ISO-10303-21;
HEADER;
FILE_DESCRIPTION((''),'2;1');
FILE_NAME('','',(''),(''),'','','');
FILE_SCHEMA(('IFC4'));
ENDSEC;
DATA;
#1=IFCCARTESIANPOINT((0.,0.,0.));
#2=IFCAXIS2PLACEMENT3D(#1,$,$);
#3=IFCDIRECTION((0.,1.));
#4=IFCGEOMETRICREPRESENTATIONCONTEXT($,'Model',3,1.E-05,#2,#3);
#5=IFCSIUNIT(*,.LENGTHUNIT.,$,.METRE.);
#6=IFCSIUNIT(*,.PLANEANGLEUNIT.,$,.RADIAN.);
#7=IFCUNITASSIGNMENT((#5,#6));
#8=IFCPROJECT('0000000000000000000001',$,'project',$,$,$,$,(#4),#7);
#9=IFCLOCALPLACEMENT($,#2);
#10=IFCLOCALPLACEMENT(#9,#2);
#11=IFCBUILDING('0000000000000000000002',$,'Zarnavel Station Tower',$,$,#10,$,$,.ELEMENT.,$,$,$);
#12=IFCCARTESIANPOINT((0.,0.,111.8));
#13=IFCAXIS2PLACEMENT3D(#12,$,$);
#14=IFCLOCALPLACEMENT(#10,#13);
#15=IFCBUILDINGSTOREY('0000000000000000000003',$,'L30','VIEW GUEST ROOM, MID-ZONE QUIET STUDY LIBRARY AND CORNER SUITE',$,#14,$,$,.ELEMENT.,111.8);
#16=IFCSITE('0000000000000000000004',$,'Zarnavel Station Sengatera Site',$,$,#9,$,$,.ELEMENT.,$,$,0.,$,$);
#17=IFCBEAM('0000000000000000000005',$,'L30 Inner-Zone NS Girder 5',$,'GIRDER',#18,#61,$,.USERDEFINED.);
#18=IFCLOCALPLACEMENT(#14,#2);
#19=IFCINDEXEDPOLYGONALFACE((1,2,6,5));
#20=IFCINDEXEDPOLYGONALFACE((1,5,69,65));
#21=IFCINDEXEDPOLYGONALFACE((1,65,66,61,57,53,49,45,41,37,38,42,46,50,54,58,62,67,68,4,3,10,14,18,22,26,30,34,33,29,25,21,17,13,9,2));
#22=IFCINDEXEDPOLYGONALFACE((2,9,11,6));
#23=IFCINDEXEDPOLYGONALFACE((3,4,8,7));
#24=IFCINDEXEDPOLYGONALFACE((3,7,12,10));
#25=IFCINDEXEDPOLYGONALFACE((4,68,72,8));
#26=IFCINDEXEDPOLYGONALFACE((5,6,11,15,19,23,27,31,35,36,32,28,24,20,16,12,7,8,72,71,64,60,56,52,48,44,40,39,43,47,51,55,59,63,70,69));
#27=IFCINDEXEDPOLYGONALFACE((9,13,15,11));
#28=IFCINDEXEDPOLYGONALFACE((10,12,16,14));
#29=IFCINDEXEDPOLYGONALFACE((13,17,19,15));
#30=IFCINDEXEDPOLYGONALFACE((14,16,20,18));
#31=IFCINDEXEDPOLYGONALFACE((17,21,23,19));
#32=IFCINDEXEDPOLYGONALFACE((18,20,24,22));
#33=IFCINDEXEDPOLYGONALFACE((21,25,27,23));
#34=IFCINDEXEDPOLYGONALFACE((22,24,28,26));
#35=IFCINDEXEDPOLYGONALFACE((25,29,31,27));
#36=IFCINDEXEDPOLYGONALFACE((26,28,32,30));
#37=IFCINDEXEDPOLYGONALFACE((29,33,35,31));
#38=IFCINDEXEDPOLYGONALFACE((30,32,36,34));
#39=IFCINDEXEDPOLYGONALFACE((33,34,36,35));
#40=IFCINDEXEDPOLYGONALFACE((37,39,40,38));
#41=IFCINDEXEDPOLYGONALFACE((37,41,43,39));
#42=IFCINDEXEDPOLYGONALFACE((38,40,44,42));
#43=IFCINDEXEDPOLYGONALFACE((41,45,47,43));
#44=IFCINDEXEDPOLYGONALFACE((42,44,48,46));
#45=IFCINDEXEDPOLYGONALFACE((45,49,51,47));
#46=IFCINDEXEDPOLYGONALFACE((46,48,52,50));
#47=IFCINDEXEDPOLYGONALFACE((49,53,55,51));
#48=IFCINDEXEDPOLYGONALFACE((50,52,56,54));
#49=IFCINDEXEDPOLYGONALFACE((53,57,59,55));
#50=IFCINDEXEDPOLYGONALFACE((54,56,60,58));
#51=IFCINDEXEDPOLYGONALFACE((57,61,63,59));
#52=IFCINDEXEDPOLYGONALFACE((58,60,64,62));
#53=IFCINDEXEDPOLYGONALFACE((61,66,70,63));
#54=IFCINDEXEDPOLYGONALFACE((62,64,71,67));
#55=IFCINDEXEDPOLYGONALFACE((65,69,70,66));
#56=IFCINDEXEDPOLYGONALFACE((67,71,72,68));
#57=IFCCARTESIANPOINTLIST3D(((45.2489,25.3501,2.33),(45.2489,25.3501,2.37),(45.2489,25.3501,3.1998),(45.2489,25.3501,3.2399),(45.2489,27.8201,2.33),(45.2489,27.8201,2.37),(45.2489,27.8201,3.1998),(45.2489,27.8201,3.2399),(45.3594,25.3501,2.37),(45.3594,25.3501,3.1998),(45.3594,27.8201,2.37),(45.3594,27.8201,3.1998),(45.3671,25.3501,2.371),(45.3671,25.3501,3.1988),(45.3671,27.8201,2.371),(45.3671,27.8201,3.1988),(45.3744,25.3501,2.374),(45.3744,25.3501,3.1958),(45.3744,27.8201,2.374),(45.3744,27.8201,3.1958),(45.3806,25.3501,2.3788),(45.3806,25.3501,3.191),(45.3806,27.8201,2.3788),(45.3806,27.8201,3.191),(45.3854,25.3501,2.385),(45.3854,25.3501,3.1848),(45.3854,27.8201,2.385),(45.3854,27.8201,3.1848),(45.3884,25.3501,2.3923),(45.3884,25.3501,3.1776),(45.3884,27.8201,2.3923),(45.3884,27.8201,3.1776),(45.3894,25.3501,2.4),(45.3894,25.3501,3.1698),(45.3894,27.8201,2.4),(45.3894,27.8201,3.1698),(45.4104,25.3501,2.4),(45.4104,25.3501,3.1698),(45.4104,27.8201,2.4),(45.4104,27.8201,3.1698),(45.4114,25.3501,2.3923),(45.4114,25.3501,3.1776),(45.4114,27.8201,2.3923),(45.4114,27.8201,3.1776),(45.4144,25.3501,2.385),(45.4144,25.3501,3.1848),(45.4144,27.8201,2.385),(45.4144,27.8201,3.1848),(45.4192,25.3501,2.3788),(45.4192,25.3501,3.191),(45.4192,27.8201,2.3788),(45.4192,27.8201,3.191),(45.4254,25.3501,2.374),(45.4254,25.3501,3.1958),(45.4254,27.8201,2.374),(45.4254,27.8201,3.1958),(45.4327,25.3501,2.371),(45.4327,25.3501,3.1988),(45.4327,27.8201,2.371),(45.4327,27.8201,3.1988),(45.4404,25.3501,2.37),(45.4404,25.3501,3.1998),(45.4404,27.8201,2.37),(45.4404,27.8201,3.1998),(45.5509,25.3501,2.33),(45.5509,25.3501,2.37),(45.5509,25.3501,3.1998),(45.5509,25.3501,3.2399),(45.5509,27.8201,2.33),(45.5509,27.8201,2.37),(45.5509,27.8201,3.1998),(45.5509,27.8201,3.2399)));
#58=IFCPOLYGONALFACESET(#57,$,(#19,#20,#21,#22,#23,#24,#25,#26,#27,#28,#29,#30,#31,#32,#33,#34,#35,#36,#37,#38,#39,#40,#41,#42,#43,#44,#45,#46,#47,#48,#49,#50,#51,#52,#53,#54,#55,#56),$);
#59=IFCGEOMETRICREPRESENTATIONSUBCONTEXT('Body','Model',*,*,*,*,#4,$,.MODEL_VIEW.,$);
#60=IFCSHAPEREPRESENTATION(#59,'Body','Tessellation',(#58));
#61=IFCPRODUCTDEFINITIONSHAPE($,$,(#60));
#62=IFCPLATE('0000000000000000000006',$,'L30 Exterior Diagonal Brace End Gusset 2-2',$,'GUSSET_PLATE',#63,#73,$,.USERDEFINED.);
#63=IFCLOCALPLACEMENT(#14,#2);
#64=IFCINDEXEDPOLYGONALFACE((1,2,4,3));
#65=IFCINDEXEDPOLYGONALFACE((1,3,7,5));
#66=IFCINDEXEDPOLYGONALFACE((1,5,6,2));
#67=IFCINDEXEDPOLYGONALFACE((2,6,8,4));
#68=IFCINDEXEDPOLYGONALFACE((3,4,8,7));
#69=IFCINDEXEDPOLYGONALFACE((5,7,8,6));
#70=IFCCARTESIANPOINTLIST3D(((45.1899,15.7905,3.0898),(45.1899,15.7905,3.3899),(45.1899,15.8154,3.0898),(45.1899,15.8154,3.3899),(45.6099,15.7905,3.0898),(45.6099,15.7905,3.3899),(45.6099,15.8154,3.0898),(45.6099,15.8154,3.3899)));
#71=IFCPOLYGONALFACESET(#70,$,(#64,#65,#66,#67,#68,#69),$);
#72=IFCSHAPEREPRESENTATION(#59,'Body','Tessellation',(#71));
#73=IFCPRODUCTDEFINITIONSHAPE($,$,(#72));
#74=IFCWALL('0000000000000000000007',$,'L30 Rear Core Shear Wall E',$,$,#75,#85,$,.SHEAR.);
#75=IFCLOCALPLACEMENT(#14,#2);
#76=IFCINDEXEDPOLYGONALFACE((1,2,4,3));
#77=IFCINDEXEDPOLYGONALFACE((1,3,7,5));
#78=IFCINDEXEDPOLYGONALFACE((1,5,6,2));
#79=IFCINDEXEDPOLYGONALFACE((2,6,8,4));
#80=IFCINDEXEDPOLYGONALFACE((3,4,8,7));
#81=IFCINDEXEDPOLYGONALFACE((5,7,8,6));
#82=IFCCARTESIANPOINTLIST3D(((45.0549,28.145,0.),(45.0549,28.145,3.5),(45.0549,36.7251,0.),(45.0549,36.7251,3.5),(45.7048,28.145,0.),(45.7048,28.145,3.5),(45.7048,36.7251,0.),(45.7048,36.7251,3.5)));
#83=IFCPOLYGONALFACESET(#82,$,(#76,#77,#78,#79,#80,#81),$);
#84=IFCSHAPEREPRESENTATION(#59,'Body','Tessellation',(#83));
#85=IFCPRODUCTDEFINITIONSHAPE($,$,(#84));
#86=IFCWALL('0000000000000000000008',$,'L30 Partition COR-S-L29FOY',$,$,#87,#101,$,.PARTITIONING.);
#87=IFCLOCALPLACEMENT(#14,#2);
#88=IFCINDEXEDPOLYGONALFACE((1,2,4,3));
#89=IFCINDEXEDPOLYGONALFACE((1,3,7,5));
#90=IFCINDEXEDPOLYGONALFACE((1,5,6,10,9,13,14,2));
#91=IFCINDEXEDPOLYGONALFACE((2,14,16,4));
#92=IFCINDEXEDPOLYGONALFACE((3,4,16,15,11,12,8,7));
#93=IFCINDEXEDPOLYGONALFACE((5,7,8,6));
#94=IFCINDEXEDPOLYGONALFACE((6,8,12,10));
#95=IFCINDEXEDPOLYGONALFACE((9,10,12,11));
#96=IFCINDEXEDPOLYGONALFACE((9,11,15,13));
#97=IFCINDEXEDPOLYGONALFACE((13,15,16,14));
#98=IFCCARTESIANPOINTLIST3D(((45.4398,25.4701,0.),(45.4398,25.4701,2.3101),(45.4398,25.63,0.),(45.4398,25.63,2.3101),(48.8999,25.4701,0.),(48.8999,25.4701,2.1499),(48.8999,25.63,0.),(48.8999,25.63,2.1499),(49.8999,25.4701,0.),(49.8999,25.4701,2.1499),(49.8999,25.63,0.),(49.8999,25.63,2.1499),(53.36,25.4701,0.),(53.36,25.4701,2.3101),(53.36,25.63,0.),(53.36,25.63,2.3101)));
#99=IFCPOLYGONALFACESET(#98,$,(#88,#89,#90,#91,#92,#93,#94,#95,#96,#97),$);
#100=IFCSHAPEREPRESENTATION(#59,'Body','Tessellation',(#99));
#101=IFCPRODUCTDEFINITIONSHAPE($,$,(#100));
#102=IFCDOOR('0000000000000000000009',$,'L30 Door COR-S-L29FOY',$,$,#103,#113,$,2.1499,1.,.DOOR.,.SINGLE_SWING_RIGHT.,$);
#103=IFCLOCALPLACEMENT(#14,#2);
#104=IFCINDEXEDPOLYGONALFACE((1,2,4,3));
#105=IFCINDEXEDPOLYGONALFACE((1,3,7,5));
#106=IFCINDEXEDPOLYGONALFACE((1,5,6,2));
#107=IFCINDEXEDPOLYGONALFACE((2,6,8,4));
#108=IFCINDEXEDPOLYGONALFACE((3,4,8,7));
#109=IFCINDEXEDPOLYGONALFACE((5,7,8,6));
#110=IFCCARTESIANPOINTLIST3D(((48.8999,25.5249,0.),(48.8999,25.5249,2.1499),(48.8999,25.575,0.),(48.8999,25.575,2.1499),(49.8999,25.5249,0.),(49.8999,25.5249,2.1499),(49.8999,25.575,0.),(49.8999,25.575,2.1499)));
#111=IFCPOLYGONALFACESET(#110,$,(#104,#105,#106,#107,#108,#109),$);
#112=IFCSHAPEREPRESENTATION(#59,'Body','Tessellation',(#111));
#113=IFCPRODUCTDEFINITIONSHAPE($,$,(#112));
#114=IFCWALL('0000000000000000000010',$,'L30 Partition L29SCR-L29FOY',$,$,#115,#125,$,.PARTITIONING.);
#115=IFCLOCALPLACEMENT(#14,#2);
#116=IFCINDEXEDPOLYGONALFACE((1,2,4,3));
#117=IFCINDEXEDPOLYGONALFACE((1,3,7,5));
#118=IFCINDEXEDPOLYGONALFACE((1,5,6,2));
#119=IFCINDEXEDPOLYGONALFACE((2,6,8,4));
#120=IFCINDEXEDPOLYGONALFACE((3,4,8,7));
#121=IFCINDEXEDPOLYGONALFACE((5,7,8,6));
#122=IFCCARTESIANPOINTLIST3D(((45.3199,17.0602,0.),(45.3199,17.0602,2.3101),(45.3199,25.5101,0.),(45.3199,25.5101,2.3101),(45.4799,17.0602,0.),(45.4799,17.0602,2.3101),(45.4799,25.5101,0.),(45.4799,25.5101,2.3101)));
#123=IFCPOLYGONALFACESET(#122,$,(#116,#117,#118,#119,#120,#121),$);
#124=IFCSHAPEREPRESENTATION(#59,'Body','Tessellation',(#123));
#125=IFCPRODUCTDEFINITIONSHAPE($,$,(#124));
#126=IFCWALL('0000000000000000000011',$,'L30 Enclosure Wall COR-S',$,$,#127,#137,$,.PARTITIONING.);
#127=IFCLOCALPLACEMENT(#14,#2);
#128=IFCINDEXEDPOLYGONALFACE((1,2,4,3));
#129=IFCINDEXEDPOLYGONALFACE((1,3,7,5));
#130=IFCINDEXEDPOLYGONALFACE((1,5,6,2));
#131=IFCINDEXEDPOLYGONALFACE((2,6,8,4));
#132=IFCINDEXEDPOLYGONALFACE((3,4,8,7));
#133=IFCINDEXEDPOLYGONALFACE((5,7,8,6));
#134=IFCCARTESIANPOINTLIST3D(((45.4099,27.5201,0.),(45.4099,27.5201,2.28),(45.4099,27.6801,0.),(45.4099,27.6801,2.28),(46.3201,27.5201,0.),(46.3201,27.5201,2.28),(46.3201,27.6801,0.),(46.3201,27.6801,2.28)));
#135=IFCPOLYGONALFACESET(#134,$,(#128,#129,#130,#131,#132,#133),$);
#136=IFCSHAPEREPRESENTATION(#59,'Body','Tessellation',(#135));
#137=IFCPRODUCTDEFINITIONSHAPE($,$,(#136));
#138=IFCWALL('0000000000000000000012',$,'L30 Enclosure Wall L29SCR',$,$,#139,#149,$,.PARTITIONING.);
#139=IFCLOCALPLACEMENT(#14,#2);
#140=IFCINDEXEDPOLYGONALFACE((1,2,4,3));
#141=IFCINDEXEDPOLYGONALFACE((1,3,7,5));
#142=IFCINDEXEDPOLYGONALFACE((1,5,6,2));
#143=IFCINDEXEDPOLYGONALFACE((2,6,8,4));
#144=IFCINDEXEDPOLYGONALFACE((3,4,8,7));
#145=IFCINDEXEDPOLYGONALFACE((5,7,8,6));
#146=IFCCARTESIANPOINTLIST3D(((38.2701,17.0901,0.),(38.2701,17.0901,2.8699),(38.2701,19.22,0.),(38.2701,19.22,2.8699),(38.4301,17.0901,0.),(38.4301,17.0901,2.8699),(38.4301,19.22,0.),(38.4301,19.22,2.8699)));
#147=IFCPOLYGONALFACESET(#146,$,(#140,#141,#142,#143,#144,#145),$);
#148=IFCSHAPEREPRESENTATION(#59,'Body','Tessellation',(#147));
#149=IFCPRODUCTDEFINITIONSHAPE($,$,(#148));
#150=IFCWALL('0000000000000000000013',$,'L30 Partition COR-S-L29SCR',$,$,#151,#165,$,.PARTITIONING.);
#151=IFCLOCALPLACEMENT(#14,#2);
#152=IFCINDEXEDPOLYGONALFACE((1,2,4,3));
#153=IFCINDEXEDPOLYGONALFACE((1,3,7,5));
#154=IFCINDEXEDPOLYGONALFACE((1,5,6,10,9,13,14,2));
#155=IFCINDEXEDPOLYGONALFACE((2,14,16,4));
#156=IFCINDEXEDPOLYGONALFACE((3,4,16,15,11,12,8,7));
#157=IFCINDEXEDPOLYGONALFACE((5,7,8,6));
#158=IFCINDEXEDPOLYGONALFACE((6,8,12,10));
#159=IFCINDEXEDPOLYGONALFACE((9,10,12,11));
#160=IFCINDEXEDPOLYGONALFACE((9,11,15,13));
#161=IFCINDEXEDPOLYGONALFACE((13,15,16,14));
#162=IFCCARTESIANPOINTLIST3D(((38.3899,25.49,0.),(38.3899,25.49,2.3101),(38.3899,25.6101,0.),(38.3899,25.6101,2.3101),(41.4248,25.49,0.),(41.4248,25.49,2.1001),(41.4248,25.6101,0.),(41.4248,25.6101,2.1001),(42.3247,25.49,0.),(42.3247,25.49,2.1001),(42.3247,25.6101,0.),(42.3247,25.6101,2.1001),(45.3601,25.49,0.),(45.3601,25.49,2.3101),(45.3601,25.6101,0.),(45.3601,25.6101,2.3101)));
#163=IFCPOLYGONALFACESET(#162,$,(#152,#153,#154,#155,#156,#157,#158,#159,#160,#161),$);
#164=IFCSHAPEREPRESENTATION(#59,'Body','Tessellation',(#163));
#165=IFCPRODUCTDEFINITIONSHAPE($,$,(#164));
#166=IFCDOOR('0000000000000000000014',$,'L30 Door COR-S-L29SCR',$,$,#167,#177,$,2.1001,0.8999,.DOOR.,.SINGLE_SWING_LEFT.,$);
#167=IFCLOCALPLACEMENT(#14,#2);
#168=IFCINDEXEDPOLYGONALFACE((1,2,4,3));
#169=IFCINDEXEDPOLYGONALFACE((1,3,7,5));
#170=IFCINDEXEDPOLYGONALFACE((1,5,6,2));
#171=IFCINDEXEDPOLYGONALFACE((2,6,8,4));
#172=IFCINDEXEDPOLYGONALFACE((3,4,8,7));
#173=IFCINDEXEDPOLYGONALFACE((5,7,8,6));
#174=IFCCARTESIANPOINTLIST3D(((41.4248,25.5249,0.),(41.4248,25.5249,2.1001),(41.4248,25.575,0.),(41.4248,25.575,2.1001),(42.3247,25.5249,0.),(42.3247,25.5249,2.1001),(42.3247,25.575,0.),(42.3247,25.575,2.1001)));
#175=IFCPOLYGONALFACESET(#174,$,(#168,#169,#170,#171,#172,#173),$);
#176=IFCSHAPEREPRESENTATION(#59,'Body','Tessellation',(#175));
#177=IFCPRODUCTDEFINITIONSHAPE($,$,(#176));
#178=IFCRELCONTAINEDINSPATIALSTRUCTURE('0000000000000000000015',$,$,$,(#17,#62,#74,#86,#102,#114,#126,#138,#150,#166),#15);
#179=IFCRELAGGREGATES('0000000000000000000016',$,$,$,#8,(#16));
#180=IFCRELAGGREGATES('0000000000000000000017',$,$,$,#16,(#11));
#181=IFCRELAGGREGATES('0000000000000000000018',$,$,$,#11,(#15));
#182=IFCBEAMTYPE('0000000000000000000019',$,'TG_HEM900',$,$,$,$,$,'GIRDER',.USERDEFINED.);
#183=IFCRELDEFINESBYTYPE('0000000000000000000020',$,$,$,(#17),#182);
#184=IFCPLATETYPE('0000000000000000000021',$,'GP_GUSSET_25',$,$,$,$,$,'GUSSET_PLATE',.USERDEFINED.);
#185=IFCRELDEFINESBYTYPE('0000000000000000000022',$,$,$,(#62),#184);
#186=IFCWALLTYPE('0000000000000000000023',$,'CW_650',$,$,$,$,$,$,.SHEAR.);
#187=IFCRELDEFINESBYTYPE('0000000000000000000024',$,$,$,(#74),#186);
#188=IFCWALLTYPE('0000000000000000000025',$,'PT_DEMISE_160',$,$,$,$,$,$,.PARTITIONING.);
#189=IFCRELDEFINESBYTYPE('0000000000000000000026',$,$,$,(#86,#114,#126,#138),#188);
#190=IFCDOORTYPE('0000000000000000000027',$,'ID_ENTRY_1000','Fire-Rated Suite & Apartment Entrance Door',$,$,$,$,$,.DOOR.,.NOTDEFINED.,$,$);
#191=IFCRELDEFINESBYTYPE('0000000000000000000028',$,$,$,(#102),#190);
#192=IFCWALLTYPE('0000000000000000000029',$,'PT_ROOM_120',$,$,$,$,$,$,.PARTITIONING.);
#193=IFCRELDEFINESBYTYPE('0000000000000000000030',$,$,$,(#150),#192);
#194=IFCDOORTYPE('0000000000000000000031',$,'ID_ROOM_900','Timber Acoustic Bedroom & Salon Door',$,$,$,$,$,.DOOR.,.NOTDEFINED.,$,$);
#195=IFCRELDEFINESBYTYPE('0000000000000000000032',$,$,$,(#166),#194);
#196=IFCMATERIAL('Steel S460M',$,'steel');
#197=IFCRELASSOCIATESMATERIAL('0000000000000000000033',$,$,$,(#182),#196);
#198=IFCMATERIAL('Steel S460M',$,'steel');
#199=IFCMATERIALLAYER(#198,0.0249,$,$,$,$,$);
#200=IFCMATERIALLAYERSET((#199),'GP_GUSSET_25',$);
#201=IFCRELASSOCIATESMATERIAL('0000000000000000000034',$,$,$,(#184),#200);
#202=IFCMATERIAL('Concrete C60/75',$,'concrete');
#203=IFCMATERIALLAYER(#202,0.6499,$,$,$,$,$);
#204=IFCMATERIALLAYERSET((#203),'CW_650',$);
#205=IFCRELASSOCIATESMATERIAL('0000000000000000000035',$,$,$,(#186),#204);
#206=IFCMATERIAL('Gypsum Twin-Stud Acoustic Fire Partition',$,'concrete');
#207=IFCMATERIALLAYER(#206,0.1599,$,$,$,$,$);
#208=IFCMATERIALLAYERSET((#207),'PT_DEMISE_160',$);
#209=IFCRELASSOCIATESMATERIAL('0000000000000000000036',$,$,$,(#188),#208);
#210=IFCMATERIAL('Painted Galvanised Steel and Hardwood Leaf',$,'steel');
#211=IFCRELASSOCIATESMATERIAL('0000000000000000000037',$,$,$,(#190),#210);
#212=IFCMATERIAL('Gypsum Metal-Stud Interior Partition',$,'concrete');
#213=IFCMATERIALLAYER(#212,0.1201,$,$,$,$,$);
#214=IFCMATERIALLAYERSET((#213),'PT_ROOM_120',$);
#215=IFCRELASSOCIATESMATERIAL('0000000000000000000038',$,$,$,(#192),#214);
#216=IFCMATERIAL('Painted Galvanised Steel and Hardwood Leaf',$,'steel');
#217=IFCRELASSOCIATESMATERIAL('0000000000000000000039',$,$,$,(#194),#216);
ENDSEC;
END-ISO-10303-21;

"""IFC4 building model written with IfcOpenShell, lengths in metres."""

from ifc_helpers import new_model, si_unit, direction, frame, frame_2d, origin, origin_2d, place, context, subcontext, project, spatial, rectangle, i_section, extrude, material, layer, layer_set, material_profile, profile_set, type_object, element, fill, save


model = new_model("IFC4")

# Units and contexts
model_context = context("Model", 3, precision=1e-05, world=origin(), true_north=direction((0.0, 1.0)))
body_context = subcontext(model_context, "Body", "Model", "MODEL_VIEW")
ifc_project = project(units=[si_unit("LENGTHUNIT", "METRE"), si_unit("PLANEANGLEUNIT", "RADIAN")], contexts=[model_context])

# Site, building, storey
site_placement = place(None, origin())
site = spatial("IfcSite", under=ifc_project, at=site_placement, Name="Zarnavel Station Sengatera Site", CompositionType="ELEMENT", RefElevation=0.0)
building_placement = place(site_placement, origin())
building = spatial("IfcBuilding", under=site, at=building_placement, Name="Zarnavel Station Tower", CompositionType="ELEMENT")
storey_placement = place(building_placement, frame((0.0, 0.0, 111.8)))
storey = spatial("IfcBuildingStorey", under=building, at=storey_placement, Name="L30", Description="VIEW GUEST ROOM, MID-ZONE QUIET STUDY LIBRARY AND CORNER SUITE", CompositionType="ELEMENT", Elevation=111.8)

# Beam
ifc_material_1 = material(Name="Steel S460M", Category="steel")
ifc_material_profile_1 = material_profile(ifc_material_1, i_section(OverallWidth=0.302, OverallDepth=0.9099, WebThickness=0.021, FlangeThickness=0.04, FilletRadius=0.03, at=origin_2d()), Name="HEM900")
ifc_profile_set_1 = profile_set([ifc_material_profile_1], Name="Steel S460M")
beam_type_1 = type_object("IfcBeamType", Name="TG_HEM900", ElementType="GIRDER", PredefinedType="USERDEFINED", material=ifc_profile_set_1)
beam_1_placement = place(storey_placement, frame((45.3999, 25.3501, 2.7849), z_axis=(0.0, 1.0, 0.0), x_axis=(-1.0, 0.0, 0.0)))
element("IfcBeam", 1, at=beam_1_placement, inside=storey, type_object=beam_type_1, Name="L30 Inner-Zone NS Girder 5", ObjectType="GIRDER", PredefinedType="USERDEFINED", context=body_context, shape_type="SweptSolid", body=[
    extrude(i_section(OverallWidth=0.302, OverallDepth=0.9099, WebThickness=0.021, FlangeThickness=0.04, FilletRadius=0.03, at=origin_2d()), origin(), (0.0, 0.0, 1.0), 2.47),
])

# Plate
ifc_material_2 = material(Name="Steel S460M", Category="steel")
ifc_layer_1 = layer(ifc_material_2, 0.0249)
ifc_layer_set_1 = layer_set([ifc_layer_1], Name="GP_GUSSET_25")
plate_type = type_object("IfcPlateType", Name="GP_GUSSET_25", ElementType="GUSSET_PLATE", PredefinedType="USERDEFINED", material=ifc_layer_set_1)
plate_placement = place(storey_placement, frame((45.3999, 15.803, 3.0898), z_axis=(0.0, 0.0, 1.0), x_axis=(1.0, 0.0, 0.0)))
element("IfcPlate", 2, at=plate_placement, inside=storey, type_object=plate_type, Name="L30 Exterior Diagonal Brace End Gusset 2-2", ObjectType="GUSSET_PLATE", PredefinedType="USERDEFINED", context=body_context, shape_type="SweptSolid", body=[
    extrude(rectangle(XDim=0.4199, YDim=0.0249, at=origin_2d()), origin(), (0.0, 0.0, 1.0), 0.3),
])

# Shared definitions
ifc_material_3 = material(Name="Concrete C60/75", Category="concrete")
ifc_layer_2 = layer(ifc_material_3, 0.6499)
ifc_layer_set_2 = layer_set([ifc_layer_2], Name="CW_650")
wall_type_1 = type_object("IfcWallType", Name="CW_650", PredefinedType="SHEAR", material=ifc_layer_set_2)

# Wall
wall_1_placement = place(storey_placement, frame((45.3799, 28.145, 0.0), z_axis=(0.0, 0.0, 1.0), x_axis=(0.0, 1.0, 0.0)))
element("IfcWall", 3, at=wall_1_placement, inside=storey, type_object=wall_type_1, Name="L30 Rear Core Shear Wall E", PredefinedType="SHEAR", context=body_context, shape_type="SweptSolid", body=[
    extrude(rectangle(XDim=8.5801, YDim=0.6499, at=frame_2d((4.29, 0.0))), origin(), (0.0, 0.0, 1.0), 3.5),
])

# Wall, opening, door
ifc_material_4 = material(Name="Gypsum Twin-Stud Acoustic Fire Partition", Category="concrete")
ifc_layer_3 = layer(ifc_material_4, 0.1599)
ifc_layer_set_3 = layer_set([ifc_layer_3], Name="PT_DEMISE_160")
wall_type_2 = type_object("IfcWallType", Name="PT_DEMISE_160", PredefinedType="PARTITIONING", material=ifc_layer_set_3)
wall_2_placement = place(storey_placement, frame((45.4399, 25.55, 0.0), z_axis=(0.0, 0.0, 1.0), x_axis=(1.0, 0.0, 0.0)))
wall_2 = element("IfcWall", 4, at=wall_2_placement, inside=storey, type_object=wall_type_2, Name="L30 Partition COR-S-L29FOY", PredefinedType="PARTITIONING", context=body_context, shape_type="SweptSolid", body=[
    extrude(rectangle(XDim=7.9202, YDim=0.1599, at=frame_2d((3.96, 0.0))), origin(), (0.0, 0.0, 1.0), 2.3101),
])
opening_1_placement = place(wall_2_placement, frame((3.46, 0.0, 0.0)))
opening_1 = element("IfcOpeningElement", 5, at=opening_1_placement, cuts=wall_2, PredefinedType="OPENING", context=body_context, shape_type="SweptSolid", body=[
    extrude(rectangle(XDim=1.0, YDim=2.1499, at=frame_2d((0.5, 1.075))), frame((0.0, 0.0898, 0.0), z_axis=(0.0, -1.0, 0.0), x_axis=(1.0, 0.0, 0.0)), (0.0, 0.0, 1.0), 0.1799),
])
ifc_material_5 = material(Name="Painted Galvanised Steel and Hardwood Leaf", Category="steel")
door_type_1 = type_object("IfcDoorType", Name="ID_ENTRY_1000", Description="Fire-Rated Suite & Apartment Entrance Door", OperationType="NOTDEFINED", PredefinedType="DOOR", material=ifc_material_5)
door_1_placement = place(opening_1_placement, origin())
door_1 = element("IfcDoor", 6, at=door_1_placement, inside=storey, type_object=door_type_1, Name="L30 Door COR-S-L29FOY", OperationType="SINGLE_SWING_RIGHT", OverallHeight=2.1499, OverallWidth=1.0, PredefinedType="DOOR", context=body_context, shape_type="SweptSolid", body=[
    extrude(rectangle(XDim=1.0, YDim=2.1499, at=frame_2d((0.5, 1.075))), frame((0.0, 0.0249, 0.0), z_axis=(0.0, -1.0, 0.0), x_axis=(1.0, 0.0, 0.0)), (0.0, 0.0, 1.0), 0.05),
])
fill(opening_1, door_1)

# Walls
wall_3_placement = place(storey_placement, frame((45.3999, 17.0601, 0.0), z_axis=(0.0, 0.0, 1.0), x_axis=(0.0, 1.0, 0.0)))
element("IfcWall", 7, at=wall_3_placement, inside=storey, type_object=wall_type_2, Name="L30 Partition L29SCR-L29FOY", PredefinedType="PARTITIONING", context=body_context, shape_type="SweptSolid", body=[
    extrude(rectangle(XDim=8.45, YDim=0.1599, at=frame_2d((4.2251, 0.0))), origin(), (0.0, 0.0, 1.0), 2.3101),
])
wall_4_placement = place(storey_placement, frame((45.4099, 27.6001, 0.0), z_axis=(0.0, 0.0, 1.0), x_axis=(1.0, 0.0, 0.0)))
element("IfcWall", 8, at=wall_4_placement, inside=storey, type_object=wall_type_2, Name="L30 Enclosure Wall COR-S", PredefinedType="PARTITIONING", context=body_context, shape_type="SweptSolid", body=[
    extrude(rectangle(XDim=0.9102, YDim=0.1599, at=frame_2d((0.4551, 0.0))), origin(), (0.0, 0.0, 1.0), 2.28),
])
wall_5_placement = place(storey_placement, frame((38.3501, 17.0901, 0.0), z_axis=(0.0, 0.0, 1.0), x_axis=(0.0, 1.0, 0.0)))
element("IfcWall", 9, at=wall_5_placement, inside=storey, type_object=wall_type_2, Name="L30 Enclosure Wall L29SCR", PredefinedType="PARTITIONING", context=body_context, shape_type="SweptSolid", body=[
    extrude(rectangle(XDim=2.1299, YDim=0.1599, at=frame_2d((1.0649, 0.0))), origin(), (0.0, 0.0, 1.0), 2.8699),
])

# Wall, opening, door
ifc_material_6 = material(Name="Gypsum Metal-Stud Interior Partition", Category="concrete")
ifc_layer_4 = layer(ifc_material_6, 0.1201)
ifc_layer_set_4 = layer_set([ifc_layer_4], Name="PT_ROOM_120")
wall_type_3 = type_object("IfcWallType", Name="PT_ROOM_120", PredefinedType="PARTITIONING", material=ifc_layer_set_4)
wall_6_placement = place(storey_placement, frame((38.3899, 25.55, 0.0), z_axis=(0.0, 0.0, 1.0), x_axis=(1.0, 0.0, 0.0)))
wall_6 = element("IfcWall", 10, at=wall_6_placement, inside=storey, type_object=wall_type_3, Name="L30 Partition COR-S-L29SCR", PredefinedType="PARTITIONING", context=body_context, shape_type="SweptSolid", body=[
    extrude(rectangle(XDim=6.9702, YDim=0.1201, at=frame_2d((3.4851, 0.0))), origin(), (0.0, 0.0, 1.0), 2.3101),
])
opening_2_placement = place(wall_6_placement, frame((3.0349, 0.0, 0.0)))
opening_2 = element("IfcOpeningElement", 11, at=opening_2_placement, cuts=wall_6, PredefinedType="OPENING", context=body_context, shape_type="SweptSolid", body=[
    extrude(rectangle(XDim=0.8999, YDim=2.1001, at=frame_2d((0.45, 1.05))), frame((0.0, 0.0701, 0.0), z_axis=(0.0, -1.0, 0.0), x_axis=(1.0, 0.0, 0.0)), (0.0, 0.0, 1.0), 0.1401),
])
ifc_material_7 = material(Name="Painted Galvanised Steel and Hardwood Leaf", Category="steel")
door_type_2 = type_object("IfcDoorType", Name="ID_ROOM_900", Description="Timber Acoustic Bedroom & Salon Door", OperationType="NOTDEFINED", PredefinedType="DOOR", material=ifc_material_7)
door_2_placement = place(opening_2_placement, origin())
door_2 = element("IfcDoor", 12, at=door_2_placement, inside=storey, type_object=door_type_2, Name="L30 Door COR-S-L29SCR", OperationType="SINGLE_SWING_LEFT", OverallHeight=2.1001, OverallWidth=0.8999, PredefinedType="DOOR", context=body_context, shape_type="SweptSolid", body=[
    extrude(rectangle(XDim=0.8999, YDim=2.1001, at=frame_2d((0.45, 1.05))), frame((0.0, 0.0249, 0.0), z_axis=(0.0, -1.0, 0.0), x_axis=(1.0, 0.0, 0.0)), (0.0, 0.0, 1.0), 0.05),
])
fill(opening_2, door_2)

save(model, "model.ifc")
